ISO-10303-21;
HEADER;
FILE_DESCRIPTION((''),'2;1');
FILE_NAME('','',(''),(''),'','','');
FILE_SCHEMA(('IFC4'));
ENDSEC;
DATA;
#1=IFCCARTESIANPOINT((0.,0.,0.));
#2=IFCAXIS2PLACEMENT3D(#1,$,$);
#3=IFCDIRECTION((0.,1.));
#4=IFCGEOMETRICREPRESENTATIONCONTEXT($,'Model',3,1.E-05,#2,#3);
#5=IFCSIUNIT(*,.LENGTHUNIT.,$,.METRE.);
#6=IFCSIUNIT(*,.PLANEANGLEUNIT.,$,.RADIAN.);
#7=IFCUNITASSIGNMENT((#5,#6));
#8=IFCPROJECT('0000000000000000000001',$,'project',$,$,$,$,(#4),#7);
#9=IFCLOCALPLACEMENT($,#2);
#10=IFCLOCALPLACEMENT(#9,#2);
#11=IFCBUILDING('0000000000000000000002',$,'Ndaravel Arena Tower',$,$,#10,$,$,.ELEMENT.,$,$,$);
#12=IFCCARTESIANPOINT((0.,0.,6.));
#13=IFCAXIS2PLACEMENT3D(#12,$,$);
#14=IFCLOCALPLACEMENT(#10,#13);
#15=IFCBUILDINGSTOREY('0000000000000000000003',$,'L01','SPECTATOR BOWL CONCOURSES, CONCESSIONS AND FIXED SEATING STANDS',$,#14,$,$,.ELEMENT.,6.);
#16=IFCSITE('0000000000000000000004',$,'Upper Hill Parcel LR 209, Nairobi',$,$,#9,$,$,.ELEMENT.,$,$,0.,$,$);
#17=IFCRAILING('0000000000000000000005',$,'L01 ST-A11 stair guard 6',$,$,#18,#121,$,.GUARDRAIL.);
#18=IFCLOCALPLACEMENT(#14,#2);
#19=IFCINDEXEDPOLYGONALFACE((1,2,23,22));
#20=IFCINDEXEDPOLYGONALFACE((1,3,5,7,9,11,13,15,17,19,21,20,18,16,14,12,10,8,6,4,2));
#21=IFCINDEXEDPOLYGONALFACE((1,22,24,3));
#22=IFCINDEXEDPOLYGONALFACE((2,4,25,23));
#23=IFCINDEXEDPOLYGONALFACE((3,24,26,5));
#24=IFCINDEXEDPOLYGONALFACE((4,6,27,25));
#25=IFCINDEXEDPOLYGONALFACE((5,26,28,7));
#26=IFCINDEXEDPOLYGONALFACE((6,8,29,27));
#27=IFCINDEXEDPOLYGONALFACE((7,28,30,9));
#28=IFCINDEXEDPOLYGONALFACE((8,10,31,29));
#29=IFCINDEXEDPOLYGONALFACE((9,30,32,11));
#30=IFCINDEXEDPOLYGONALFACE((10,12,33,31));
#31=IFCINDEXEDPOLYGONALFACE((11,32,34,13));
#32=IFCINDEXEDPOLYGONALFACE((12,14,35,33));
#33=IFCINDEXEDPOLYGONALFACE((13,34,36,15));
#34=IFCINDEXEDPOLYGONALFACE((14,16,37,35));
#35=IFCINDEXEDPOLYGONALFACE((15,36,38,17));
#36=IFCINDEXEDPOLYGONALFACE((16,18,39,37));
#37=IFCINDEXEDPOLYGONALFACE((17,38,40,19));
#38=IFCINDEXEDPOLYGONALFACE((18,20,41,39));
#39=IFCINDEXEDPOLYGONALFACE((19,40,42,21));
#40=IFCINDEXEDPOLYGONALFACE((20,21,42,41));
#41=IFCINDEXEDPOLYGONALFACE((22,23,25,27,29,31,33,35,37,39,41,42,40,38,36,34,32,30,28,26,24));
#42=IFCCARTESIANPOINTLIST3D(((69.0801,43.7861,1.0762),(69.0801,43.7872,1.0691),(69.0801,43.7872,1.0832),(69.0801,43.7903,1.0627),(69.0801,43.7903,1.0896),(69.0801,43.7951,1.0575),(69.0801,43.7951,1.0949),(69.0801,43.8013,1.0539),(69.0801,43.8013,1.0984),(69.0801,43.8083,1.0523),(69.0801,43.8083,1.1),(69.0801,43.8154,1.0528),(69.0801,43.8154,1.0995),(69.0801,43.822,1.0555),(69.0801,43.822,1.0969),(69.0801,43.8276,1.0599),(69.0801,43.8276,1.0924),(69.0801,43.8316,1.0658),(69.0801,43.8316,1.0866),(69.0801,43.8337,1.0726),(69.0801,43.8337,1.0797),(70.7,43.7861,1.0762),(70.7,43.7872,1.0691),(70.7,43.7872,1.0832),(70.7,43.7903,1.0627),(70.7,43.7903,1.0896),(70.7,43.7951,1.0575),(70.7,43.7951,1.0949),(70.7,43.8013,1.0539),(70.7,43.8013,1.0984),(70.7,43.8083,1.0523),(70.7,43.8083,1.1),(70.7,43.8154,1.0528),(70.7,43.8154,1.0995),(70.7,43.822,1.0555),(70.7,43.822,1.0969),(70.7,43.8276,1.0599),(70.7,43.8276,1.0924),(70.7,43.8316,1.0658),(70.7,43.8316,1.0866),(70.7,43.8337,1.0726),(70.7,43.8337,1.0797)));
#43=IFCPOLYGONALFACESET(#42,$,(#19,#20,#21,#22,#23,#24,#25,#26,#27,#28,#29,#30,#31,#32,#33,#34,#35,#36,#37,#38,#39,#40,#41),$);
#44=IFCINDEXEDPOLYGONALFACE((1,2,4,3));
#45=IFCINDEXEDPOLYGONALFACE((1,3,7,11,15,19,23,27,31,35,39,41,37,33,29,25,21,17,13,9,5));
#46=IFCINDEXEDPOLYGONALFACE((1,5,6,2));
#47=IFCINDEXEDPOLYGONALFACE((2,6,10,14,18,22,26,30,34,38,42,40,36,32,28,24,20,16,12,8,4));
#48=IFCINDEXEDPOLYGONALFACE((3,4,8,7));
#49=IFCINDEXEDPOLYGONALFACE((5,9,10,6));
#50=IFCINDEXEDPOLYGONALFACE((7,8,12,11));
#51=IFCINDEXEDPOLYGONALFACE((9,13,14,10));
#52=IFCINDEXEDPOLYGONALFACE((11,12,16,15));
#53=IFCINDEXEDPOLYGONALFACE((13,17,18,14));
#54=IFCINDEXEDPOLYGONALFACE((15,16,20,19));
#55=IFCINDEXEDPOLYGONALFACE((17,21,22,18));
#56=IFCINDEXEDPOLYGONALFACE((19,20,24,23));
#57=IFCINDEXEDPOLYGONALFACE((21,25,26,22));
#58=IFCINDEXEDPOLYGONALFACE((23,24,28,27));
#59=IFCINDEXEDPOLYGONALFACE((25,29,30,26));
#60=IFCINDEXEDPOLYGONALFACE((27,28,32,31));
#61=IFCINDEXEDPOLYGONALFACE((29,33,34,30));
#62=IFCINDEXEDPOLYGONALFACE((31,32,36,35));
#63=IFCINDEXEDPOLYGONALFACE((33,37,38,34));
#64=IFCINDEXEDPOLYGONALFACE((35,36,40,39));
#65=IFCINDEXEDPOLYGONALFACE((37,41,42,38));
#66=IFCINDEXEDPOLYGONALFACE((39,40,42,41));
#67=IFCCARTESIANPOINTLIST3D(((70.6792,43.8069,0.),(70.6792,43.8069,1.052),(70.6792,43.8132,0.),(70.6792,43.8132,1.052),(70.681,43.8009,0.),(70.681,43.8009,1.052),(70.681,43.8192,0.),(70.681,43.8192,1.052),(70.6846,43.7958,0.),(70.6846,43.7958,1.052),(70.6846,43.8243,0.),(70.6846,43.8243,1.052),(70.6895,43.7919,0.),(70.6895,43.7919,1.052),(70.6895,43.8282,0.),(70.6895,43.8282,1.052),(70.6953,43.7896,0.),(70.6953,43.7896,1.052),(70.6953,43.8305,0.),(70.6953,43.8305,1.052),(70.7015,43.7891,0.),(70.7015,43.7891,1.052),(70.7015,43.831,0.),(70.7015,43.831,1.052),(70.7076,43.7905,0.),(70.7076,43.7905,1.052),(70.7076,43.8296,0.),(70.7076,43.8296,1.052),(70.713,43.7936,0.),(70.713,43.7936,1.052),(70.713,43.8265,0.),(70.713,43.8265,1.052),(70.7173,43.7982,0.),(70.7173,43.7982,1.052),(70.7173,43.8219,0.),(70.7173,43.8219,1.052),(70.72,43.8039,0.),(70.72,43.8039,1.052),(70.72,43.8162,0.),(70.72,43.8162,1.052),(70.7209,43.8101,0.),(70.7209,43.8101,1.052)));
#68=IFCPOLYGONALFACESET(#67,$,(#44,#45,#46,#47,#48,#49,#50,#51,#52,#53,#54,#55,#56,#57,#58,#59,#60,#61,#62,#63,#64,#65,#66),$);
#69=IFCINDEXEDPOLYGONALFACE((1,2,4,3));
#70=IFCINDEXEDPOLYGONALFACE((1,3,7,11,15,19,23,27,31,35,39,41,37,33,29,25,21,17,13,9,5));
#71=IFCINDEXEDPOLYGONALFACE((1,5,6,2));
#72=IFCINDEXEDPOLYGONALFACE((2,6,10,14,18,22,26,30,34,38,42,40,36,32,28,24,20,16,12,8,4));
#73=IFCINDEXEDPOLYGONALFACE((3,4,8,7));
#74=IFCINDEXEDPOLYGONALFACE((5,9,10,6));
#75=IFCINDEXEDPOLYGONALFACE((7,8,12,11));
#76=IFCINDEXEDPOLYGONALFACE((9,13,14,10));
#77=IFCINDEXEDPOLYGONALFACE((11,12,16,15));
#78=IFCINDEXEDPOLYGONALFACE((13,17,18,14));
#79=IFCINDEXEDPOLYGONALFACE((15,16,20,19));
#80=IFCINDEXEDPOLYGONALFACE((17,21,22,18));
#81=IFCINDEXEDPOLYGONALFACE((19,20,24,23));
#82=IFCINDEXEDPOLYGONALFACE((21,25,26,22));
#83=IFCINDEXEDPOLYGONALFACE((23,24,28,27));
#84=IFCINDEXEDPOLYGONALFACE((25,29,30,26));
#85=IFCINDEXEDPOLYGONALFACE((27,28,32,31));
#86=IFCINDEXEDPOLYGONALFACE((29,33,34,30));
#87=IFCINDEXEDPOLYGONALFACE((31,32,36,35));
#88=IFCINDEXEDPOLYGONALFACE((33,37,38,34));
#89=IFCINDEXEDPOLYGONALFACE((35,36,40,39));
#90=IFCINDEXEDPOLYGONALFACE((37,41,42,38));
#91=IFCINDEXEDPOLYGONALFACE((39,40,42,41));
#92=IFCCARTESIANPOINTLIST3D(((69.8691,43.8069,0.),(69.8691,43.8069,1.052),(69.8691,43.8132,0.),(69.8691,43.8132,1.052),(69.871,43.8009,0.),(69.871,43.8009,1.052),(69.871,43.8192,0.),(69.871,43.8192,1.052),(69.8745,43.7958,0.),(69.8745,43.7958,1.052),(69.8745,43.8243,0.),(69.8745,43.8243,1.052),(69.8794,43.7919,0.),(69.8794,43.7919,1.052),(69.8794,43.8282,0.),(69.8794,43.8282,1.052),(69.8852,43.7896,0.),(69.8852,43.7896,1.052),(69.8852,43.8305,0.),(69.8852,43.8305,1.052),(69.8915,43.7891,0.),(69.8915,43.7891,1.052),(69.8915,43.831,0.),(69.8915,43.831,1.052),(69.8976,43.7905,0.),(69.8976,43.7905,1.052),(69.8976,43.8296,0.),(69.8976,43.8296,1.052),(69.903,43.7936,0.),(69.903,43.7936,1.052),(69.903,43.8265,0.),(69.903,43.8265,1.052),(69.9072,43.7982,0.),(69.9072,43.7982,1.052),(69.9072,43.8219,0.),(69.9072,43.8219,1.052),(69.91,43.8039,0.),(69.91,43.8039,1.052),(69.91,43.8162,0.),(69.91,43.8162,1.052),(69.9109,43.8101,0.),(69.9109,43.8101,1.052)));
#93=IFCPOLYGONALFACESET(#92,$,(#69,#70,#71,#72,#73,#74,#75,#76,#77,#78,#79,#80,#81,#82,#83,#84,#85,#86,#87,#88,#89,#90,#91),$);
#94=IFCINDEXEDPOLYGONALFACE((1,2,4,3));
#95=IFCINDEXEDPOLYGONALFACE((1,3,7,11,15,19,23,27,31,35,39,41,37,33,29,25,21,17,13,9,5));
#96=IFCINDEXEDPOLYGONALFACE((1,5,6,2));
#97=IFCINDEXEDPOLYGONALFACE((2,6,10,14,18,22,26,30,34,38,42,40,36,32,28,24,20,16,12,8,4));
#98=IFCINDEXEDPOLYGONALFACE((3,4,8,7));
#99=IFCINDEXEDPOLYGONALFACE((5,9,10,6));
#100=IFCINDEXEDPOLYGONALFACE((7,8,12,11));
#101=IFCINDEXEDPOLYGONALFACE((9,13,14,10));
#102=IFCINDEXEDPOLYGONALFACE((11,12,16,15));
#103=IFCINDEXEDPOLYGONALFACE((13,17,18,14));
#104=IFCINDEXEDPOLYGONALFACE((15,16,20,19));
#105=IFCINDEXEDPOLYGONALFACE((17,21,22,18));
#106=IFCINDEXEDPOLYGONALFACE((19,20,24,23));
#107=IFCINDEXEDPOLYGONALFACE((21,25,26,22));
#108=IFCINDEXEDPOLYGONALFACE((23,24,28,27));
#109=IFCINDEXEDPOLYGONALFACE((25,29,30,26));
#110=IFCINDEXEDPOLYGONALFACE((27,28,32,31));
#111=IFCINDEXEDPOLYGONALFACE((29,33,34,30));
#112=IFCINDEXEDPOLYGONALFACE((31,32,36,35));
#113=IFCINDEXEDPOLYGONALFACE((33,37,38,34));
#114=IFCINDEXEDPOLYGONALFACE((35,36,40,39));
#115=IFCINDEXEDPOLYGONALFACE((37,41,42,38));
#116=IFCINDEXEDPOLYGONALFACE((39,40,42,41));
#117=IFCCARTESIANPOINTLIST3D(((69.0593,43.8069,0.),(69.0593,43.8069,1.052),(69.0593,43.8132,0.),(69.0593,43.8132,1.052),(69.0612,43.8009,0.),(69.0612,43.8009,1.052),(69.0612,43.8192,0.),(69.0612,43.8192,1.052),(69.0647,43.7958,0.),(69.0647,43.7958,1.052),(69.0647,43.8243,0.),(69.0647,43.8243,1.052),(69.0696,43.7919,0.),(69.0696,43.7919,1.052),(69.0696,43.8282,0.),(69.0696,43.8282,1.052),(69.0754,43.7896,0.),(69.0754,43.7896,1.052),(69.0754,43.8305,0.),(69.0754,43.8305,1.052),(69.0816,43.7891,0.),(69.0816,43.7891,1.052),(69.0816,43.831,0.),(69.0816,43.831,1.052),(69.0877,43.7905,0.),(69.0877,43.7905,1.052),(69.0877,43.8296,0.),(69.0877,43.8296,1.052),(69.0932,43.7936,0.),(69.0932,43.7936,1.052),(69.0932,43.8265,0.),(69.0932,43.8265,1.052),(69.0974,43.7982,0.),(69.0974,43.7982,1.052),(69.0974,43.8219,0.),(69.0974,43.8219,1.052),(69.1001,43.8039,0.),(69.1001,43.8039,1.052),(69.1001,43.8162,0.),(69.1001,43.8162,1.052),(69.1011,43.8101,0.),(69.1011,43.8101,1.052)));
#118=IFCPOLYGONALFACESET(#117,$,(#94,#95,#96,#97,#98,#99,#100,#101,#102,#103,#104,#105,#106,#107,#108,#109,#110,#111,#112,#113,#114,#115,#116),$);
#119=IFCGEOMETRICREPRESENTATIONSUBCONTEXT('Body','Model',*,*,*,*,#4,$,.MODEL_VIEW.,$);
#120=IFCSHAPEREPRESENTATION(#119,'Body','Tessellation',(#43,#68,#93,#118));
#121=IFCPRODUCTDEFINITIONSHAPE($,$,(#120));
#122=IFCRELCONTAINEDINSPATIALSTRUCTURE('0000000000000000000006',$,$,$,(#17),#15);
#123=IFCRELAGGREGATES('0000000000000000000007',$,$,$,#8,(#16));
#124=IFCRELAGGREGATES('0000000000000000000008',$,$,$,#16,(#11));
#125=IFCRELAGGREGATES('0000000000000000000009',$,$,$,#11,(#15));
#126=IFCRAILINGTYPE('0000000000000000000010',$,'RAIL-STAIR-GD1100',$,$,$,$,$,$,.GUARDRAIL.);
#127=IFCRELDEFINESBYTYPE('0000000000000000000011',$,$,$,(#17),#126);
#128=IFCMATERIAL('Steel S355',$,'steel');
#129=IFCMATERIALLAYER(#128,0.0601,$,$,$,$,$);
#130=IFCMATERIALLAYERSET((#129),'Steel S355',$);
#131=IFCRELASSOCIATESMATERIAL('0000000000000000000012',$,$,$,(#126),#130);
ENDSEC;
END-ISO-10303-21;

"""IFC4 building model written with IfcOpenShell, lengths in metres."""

from ifc_helpers import new_model, si_unit, direction, frame, origin, origin_2d, place, context, subcontext, project, spatial, circle, extrude, material, layer, layer_set, type_object, element, save


model = new_model("IFC4")

# Units and contexts
model_context = context("Model", 3, precision=1e-05, world=origin(), true_north=direction((0.0, 1.0)))
body_context = subcontext(model_context, "Body", "Model", "MODEL_VIEW")
ifc_project = project(units=[si_unit("LENGTHUNIT", "METRE"), si_unit("PLANEANGLEUNIT", "RADIAN")], contexts=[model_context])

# Site, building, storey
site_placement = place(None, origin())
site = spatial("IfcSite", under=ifc_project, at=site_placement, Name="Upper Hill Parcel LR 209, Nairobi", CompositionType="ELEMENT", RefElevation=0.0)
building_placement = place(site_placement, origin())
building = spatial("IfcBuilding", under=site, at=building_placement, Name="Ndaravel Arena Tower", CompositionType="ELEMENT")
storey_placement = place(building_placement, frame((0.0, 0.0, 6.0)))
storey = spatial("IfcBuildingStorey", under=building, at=storey_placement, Name="L01", Description="SPECTATOR BOWL CONCOURSES, CONCESSIONS AND FIXED SEATING STANDS", CompositionType="ELEMENT", Elevation=6.0)

# Railing
ifc_material_1 = material(Name="Steel S355", Category="steel")
ifc_layer_1 = layer(ifc_material_1, 0.0601)
ifc_layer_set_1 = layer_set([ifc_layer_1], Name="Steel S355")
railing_type_1 = type_object("IfcRailingType", Name="RAIL-STAIR-GD1100", PredefinedType="GUARDRAIL", material=ifc_layer_set_1)
for number, where, name in (
    (1, (70.7, 43.8101, 0.0), "L01 ST-A11 stair guard 6"),
):
    element("IfcRailing", number, at=place(storey_placement, frame(where)), inside=storey, type_object=railing_type_1, Name=name, PredefinedType="GUARDRAIL", context=body_context, shape_type="SweptSolid", body=[
        extrude(circle(Radius=0.0239, at=origin_2d()), frame((0.0, 0.0, 1.0762), z_axis=(-1.0, 0.0, 0.0), x_axis=(0.0, -1.0, 0.0)), (0.0, 0.0, 1.0), 1.6199),
        extrude(circle(Radius=0.021, at=origin_2d()), origin(), (0.0, 0.0, 1.0), 1.052),
        extrude(circle(Radius=0.021, at=origin_2d()), frame((-0.8101, 0.0, 0.0)), (0.0, 0.0, 1.0), 1.052),
        extrude(circle(Radius=0.021, at=origin_2d()), frame((-1.6199, 0.0, 0.0)), (0.0, 0.0, 1.0), 1.052),
    ])

save(model, "model.ifc")
